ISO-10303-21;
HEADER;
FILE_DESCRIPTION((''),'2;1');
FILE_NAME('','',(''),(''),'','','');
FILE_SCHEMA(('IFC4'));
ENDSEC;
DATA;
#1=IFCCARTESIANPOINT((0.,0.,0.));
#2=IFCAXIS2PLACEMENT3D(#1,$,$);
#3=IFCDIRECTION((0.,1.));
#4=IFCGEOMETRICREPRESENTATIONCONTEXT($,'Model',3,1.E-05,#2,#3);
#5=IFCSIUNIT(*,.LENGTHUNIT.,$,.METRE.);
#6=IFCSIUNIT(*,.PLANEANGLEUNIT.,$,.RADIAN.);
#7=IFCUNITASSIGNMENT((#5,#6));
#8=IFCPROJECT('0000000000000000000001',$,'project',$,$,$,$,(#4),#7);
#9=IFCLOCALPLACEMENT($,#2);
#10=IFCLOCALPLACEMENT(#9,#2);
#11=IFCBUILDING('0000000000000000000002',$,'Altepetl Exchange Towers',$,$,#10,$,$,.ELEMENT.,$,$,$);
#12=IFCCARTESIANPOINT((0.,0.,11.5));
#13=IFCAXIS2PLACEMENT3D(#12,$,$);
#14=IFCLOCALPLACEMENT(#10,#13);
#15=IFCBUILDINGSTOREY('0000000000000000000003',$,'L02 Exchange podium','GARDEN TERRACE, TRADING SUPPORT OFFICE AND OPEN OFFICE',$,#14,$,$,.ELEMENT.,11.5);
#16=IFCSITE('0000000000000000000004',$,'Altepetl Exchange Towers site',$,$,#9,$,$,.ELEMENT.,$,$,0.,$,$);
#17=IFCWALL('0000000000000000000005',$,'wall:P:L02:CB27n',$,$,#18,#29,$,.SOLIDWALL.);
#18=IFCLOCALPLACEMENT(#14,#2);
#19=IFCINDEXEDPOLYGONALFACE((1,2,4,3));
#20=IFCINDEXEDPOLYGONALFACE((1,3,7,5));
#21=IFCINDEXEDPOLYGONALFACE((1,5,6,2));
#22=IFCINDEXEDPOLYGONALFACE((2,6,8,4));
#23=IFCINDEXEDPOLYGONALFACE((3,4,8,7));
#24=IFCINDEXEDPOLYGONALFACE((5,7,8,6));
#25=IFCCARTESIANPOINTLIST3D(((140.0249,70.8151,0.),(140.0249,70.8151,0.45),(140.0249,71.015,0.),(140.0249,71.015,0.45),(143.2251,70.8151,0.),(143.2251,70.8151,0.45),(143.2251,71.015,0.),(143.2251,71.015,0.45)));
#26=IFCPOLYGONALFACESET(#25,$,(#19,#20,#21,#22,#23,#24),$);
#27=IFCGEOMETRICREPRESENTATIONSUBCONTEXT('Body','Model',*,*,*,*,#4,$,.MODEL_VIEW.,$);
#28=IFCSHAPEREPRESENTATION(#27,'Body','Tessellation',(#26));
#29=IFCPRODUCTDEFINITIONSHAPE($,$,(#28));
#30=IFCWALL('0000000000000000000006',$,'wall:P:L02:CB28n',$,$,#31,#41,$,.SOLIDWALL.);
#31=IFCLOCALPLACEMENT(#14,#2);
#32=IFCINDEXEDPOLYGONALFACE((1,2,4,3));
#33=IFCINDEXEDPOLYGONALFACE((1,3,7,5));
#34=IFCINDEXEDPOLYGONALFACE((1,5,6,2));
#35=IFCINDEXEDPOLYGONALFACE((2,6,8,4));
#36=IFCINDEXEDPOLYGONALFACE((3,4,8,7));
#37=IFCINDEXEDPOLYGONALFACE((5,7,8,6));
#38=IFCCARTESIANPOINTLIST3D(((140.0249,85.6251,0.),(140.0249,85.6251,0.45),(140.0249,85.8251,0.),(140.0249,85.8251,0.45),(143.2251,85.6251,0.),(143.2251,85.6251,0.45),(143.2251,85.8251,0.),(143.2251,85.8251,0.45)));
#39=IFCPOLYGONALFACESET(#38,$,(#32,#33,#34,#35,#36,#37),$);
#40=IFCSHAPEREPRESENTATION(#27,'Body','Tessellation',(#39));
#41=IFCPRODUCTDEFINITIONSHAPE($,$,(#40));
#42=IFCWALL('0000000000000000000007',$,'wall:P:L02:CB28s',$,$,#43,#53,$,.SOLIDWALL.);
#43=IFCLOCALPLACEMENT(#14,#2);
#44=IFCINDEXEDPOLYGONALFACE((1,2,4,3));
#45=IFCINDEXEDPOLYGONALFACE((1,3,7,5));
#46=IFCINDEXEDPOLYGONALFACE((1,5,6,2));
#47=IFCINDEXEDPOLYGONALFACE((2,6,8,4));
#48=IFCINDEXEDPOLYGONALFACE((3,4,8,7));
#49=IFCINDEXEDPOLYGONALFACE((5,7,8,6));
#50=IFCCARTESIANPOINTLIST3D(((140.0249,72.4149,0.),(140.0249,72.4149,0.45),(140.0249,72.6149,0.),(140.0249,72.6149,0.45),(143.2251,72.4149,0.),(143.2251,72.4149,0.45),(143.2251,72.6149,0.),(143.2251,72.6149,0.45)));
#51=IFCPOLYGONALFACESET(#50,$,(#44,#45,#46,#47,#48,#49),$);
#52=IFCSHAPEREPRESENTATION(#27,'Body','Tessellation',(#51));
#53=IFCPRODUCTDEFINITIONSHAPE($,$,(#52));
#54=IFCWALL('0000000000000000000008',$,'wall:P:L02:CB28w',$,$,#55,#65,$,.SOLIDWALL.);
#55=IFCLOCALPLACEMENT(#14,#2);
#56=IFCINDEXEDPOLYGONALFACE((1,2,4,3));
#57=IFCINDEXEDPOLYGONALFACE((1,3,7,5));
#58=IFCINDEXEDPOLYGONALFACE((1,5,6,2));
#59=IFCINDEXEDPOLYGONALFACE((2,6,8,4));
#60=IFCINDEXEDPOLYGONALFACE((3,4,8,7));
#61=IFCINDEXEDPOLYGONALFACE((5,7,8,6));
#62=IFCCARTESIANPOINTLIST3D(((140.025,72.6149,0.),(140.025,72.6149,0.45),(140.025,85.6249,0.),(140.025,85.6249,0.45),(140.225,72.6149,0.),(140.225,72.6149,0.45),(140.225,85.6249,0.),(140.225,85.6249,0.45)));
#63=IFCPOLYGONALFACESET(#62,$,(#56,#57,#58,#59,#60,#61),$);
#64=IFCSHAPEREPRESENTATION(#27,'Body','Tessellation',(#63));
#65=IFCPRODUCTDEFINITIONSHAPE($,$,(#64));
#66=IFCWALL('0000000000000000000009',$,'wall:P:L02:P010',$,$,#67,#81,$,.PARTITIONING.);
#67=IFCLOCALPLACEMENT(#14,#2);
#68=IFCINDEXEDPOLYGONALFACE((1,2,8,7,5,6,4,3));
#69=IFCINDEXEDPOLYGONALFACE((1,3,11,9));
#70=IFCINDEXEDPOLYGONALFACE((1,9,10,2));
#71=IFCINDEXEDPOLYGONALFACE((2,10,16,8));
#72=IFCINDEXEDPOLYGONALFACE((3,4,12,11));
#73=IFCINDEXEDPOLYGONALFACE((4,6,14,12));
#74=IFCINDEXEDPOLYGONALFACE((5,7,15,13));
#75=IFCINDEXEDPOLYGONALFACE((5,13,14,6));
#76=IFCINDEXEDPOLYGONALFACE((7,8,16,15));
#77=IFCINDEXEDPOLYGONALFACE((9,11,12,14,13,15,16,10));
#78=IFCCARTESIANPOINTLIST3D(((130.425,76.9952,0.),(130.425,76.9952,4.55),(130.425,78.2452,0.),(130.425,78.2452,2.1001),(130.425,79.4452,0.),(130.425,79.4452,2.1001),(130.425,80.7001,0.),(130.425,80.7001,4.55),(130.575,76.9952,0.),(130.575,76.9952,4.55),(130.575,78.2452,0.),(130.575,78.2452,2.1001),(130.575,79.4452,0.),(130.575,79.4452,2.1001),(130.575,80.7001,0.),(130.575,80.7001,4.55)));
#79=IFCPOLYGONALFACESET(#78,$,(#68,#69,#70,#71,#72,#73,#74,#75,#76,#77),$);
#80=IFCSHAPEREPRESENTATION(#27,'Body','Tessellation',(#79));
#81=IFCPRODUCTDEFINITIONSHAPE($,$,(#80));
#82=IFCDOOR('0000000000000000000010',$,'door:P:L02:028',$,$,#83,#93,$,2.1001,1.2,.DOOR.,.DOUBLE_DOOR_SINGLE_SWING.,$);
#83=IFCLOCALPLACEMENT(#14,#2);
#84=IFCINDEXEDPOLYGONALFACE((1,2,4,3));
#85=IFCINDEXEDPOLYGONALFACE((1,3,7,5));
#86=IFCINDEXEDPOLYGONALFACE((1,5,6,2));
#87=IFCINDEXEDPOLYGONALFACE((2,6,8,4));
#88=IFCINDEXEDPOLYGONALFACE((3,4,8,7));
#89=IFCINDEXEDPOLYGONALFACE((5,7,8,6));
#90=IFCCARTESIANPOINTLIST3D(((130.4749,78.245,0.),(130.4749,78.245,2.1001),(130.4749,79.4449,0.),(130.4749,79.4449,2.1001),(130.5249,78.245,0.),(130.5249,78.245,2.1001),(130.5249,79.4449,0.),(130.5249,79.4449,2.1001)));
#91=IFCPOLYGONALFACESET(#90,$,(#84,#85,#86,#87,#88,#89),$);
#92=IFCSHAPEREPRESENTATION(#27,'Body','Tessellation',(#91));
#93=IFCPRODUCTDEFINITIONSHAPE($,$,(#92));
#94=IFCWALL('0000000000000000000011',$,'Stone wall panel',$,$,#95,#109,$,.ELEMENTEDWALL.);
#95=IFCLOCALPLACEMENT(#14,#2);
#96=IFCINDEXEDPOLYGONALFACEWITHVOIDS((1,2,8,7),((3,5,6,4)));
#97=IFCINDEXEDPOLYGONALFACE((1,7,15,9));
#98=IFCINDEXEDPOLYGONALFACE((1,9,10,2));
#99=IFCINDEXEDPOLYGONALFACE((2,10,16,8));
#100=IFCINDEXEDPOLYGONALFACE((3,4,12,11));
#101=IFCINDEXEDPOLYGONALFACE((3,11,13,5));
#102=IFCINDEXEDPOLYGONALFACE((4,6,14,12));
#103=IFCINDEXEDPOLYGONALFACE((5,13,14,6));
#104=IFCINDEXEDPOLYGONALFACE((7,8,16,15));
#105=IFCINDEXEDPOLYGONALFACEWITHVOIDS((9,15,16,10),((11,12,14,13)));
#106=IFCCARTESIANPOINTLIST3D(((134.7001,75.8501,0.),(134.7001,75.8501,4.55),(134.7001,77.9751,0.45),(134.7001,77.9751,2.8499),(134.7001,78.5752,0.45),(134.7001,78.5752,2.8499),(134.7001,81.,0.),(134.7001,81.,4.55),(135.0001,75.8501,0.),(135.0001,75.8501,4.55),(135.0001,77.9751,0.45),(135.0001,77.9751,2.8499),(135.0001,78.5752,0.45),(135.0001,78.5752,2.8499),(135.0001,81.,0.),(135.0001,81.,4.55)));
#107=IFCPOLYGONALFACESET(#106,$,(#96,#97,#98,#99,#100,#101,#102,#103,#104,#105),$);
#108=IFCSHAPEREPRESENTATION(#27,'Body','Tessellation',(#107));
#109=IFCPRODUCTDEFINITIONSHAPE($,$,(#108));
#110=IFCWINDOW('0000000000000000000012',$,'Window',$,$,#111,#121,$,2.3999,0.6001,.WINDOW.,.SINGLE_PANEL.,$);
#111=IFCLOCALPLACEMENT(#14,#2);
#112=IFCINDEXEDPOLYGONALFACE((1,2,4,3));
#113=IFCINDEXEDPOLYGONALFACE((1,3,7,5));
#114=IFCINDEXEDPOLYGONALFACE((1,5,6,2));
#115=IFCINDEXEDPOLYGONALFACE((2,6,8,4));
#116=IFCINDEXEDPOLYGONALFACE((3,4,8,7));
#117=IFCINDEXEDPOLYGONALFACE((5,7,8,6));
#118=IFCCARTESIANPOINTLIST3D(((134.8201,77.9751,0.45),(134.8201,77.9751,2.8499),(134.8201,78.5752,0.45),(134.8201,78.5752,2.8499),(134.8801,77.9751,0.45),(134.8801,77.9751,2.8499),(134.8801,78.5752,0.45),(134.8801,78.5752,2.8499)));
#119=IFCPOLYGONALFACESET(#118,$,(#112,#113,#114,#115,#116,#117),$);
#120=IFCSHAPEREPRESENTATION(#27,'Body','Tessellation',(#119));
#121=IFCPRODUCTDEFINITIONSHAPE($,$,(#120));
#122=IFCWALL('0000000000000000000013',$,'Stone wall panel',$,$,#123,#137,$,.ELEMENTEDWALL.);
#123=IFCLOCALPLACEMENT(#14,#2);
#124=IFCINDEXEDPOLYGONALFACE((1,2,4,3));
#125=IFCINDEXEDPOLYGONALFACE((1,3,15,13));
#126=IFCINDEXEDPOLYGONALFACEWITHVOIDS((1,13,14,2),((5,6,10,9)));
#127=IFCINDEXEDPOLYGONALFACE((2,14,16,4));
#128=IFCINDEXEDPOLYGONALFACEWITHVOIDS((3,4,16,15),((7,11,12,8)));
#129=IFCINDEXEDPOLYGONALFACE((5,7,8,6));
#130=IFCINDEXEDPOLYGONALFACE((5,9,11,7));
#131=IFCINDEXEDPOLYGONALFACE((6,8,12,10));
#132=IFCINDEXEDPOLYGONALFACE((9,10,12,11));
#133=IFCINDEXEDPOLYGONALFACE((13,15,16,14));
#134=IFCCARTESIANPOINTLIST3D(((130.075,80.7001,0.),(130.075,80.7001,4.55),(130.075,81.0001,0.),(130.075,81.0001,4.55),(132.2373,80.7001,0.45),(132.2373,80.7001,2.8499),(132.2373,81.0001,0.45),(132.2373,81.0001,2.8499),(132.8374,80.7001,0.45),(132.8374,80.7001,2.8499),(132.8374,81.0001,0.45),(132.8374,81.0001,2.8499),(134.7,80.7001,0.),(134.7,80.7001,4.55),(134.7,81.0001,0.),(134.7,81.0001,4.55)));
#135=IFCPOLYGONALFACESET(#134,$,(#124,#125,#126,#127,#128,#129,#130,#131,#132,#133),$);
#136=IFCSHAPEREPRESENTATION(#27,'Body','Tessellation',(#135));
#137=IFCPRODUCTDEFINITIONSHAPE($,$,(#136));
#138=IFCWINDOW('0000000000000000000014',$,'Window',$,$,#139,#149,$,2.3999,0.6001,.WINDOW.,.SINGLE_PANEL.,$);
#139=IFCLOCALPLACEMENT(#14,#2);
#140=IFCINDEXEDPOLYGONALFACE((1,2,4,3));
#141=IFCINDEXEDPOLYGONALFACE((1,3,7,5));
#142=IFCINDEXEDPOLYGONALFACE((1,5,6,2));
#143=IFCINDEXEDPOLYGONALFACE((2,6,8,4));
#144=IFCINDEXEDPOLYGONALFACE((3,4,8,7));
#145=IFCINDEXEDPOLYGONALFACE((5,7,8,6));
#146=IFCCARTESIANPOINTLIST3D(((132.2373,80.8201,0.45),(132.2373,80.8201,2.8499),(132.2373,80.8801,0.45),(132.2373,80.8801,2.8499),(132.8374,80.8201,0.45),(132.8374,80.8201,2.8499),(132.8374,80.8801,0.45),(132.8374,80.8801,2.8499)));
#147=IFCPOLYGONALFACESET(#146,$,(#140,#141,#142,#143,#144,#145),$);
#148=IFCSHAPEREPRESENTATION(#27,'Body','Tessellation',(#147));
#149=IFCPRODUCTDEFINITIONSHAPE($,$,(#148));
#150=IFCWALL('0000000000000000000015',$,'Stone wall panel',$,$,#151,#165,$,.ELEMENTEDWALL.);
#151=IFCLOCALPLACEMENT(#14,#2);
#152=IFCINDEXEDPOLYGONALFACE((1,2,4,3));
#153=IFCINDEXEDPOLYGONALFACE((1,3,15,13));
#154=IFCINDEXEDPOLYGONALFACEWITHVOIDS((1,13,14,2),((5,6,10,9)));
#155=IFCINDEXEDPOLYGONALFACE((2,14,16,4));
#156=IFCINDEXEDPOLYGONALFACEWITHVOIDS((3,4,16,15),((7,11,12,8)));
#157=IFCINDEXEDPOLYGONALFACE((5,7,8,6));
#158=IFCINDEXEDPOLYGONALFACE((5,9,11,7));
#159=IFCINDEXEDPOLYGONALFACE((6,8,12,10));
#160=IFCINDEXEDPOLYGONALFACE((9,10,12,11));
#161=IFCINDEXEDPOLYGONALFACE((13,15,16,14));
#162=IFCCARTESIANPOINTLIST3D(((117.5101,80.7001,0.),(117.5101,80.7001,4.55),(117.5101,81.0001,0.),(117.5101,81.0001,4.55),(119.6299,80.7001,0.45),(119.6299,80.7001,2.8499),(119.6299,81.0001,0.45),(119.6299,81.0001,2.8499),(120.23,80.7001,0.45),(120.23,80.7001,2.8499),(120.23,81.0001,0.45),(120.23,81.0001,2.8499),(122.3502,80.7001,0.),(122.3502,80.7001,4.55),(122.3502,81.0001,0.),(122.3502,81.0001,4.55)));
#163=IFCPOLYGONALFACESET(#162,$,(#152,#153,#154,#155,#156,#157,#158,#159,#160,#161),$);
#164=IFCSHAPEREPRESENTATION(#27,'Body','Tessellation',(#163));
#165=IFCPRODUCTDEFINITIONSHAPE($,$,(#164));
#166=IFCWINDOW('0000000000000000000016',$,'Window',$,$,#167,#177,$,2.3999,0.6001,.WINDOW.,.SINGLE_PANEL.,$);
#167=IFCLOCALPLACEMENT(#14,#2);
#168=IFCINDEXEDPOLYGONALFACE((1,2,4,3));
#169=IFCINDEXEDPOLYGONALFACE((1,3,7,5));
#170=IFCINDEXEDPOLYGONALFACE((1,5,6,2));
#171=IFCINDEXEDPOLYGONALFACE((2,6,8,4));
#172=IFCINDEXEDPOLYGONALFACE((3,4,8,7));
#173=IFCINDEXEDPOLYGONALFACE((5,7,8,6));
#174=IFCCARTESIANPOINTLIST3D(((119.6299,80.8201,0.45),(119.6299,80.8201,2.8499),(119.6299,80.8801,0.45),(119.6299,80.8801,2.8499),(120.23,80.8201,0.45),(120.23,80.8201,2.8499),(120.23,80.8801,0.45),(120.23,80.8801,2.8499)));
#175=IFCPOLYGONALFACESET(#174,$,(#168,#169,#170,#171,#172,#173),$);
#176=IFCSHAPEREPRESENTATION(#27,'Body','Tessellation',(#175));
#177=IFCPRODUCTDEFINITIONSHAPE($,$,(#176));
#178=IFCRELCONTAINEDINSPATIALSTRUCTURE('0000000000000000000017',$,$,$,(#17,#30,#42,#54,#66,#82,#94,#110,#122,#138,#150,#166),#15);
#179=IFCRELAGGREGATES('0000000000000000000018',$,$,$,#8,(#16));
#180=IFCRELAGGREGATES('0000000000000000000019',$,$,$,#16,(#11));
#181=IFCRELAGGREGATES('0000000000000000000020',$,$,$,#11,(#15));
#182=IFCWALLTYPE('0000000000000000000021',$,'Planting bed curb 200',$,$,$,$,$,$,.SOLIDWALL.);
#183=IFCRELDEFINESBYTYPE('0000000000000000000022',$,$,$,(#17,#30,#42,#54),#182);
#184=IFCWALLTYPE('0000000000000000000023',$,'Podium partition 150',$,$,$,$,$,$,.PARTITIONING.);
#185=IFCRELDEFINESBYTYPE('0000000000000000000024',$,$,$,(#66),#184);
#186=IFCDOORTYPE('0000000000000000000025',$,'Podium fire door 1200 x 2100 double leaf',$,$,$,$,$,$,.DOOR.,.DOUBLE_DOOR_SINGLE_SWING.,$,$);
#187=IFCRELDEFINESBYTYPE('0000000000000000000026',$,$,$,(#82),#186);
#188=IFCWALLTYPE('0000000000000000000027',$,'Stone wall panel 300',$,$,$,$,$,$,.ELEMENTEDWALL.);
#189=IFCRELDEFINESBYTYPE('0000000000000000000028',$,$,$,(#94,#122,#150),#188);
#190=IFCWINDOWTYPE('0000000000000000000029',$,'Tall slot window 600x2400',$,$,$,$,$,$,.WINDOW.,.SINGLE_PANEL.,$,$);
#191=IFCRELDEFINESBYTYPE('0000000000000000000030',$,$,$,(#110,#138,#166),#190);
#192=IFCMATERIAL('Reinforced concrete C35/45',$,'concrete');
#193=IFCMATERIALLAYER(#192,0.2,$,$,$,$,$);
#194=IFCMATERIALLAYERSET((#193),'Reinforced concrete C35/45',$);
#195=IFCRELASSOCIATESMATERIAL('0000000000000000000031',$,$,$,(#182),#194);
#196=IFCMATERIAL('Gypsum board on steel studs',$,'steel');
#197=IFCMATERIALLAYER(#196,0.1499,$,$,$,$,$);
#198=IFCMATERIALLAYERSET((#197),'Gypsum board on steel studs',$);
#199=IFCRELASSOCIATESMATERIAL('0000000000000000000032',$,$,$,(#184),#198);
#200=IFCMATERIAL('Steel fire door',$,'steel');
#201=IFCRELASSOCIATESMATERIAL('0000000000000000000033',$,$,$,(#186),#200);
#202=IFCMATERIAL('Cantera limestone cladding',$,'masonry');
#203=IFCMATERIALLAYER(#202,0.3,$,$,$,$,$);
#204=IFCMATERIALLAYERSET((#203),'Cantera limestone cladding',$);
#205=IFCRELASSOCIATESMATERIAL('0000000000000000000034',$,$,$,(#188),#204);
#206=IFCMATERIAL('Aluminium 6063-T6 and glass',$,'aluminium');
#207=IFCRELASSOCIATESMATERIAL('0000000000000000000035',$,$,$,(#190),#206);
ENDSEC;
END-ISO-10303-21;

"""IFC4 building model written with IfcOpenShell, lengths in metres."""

from ifc_helpers import new_model, si_unit, direction, frame, frame_2d, origin, place, context, subcontext, project, spatial, rectangle, extrude, material, layer, layer_set, type_object, element, fill, save


model = new_model("IFC4")

# Units and contexts
model_context = context("Model", 3, precision=1e-05, world=origin(), true_north=direction((0.0, 1.0)))
body_context = subcontext(model_context, "Body", "Model", "MODEL_VIEW")
ifc_project = project(units=[si_unit("LENGTHUNIT", "METRE"), si_unit("PLANEANGLEUNIT", "RADIAN")], contexts=[model_context])

# Site, building, storey
site_placement = place(None, origin())
site = spatial("IfcSite", under=ifc_project, at=site_placement, Name="Altepetl Exchange Towers site", CompositionType="ELEMENT", RefElevation=0.0)
building_placement = place(site_placement, origin())
building = spatial("IfcBuilding", under=site, at=building_placement, Name="Altepetl Exchange Towers", CompositionType="ELEMENT")
storey_placement = place(building_placement, frame((0.0, 0.0, 11.5)))
storey = spatial("IfcBuildingStorey", under=building, at=storey_placement, Name="L02 Exchange podium", Description="GARDEN TERRACE, TRADING SUPPORT OFFICE AND OPEN OFFICE", CompositionType="ELEMENT", Elevation=11.5)

# Shared definitions
ifc_material_1 = material(Name="Aluminium 6063-T6 and glass", Category="aluminium")

# Walls
ifc_material_2 = material(Name="Reinforced concrete C35/45", Category="concrete")
ifc_layer_1 = layer(ifc_material_2, 0.2)
ifc_layer_set_1 = layer_set([ifc_layer_1], Name="Reinforced concrete C35/45")
wall_type_1 = type_object("IfcWallType", Name="Planting bed curb 200", PredefinedType="SOLIDWALL", material=ifc_layer_set_1)
for number, where, name in (
    (1, (140.0249, 70.915, 0.0), "wall:P:L02:CB27n"),
    (2, (140.0249, 85.7251, 0.0), "wall:P:L02:CB28n"),
    (3, (140.0249, 72.5149, 0.0), "wall:P:L02:CB28s"),
):
    element("IfcWall", number, at=place(storey_placement, frame(where)), inside=storey, type_object=wall_type_1, Name=name, PredefinedType="SOLIDWALL", context=body_context, shape_type="SweptSolid", body=[
        extrude(rectangle(XDim=3.2002, YDim=0.2, at=frame_2d((1.6001, 0.0))), origin(), (0.0, 0.0, 1.0), 0.45),
    ])
wall_1_placement = place(storey_placement, frame((140.125, 72.615, 0.0), z_axis=(0.0, 0.0, 1.0), x_axis=(0.0, 1.0, 0.0)))
element("IfcWall", 4, at=wall_1_placement, inside=storey, type_object=wall_type_1, Name="wall:P:L02:CB28w", PredefinedType="SOLIDWALL", context=body_context, shape_type="SweptSolid", body=[
    extrude(rectangle(XDim=13.01, YDim=0.2, at=frame_2d((6.5049, 0.0))), origin(), (0.0, 0.0, 1.0), 0.45),
])

# Wall, opening, door
ifc_material_3 = material(Name="Gypsum board on steel studs", Category="steel")
ifc_layer_2 = layer(ifc_material_3, 0.1499)
ifc_layer_set_2 = layer_set([ifc_layer_2], Name="Gypsum board on steel studs")
wall_type_2 = type_object("IfcWallType", Name="Podium partition 150", PredefinedType="PARTITIONING", material=ifc_layer_set_2)
wall_2_placement = place(storey_placement, frame((130.5, 76.9951, 0.0), z_axis=(0.0, 0.0, 1.0), x_axis=(0.0, 1.0, 0.0)))
wall_2 = element("IfcWall", 5, at=wall_2_placement, inside=storey, type_object=wall_type_2, Name="wall:P:L02:P010", PredefinedType="PARTITIONING", context=body_context, shape_type="SweptSolid", body=[
    extrude(rectangle(XDim=3.7048, YDim=0.1499, at=frame_2d((1.8525, 0.0))), origin(), (0.0, 0.0, 1.0), 4.55),
])
opening_1_placement = place(wall_2_placement, frame((1.25, 0.0, 0.0)))
opening_1 = element("IfcOpeningElement", 6, at=opening_1_placement, cuts=wall_2, PredefinedType="OPENING", context=body_context, shape_type="SweptSolid", body=[
    extrude(rectangle(XDim=1.2, YDim=2.1001, at=frame_2d((0.6001, 1.05))), frame((0.0, 0.085, 0.0), z_axis=(0.0, -1.0, 0.0), x_axis=(1.0, 0.0, 0.0)), (0.0, 0.0, 1.0), 0.1699),
])
ifc_material_4 = material(Name="Steel fire door", Category="steel")
door_type_1 = type_object("IfcDoorType", Name="Podium fire door 1200 x 2100 double leaf", OperationType="DOUBLE_DOOR_SINGLE_SWING", PredefinedType="DOOR", material=ifc_material_4)
door_1_placement = place(opening_1_placement, frame((1.2, 0.0, 0.0), x_axis=(-1.0, 0.0, 0.0)))
door_1 = element("IfcDoor", 7, at=door_1_placement, inside=storey, type_object=door_type_1, Name="door:P:L02:028", OperationType="DOUBLE_DOOR_SINGLE_SWING", OverallHeight=2.1001, OverallWidth=1.2, PredefinedType="DOOR", context=body_context, shape_type="SweptSolid", body=[
    extrude(rectangle(XDim=1.2, YDim=2.1001, at=frame_2d((0.6001, 1.05))), frame((0.0, 0.0249, 0.0), z_axis=(0.0, -1.0, 0.0), x_axis=(1.0, 0.0, 0.0)), (0.0, 0.0, 1.0), 0.05),
])
fill(opening_1, door_1)

# Walls, openings, windows
ifc_material_5 = material(Name="Cantera limestone cladding", Category="masonry")
ifc_layer_3 = layer(ifc_material_5, 0.3)
ifc_layer_set_3 = layer_set([ifc_layer_3], Name="Cantera limestone cladding")
wall_type_3 = type_object("IfcWallType", Name="Stone wall panel 300", PredefinedType="ELEMENTEDWALL", material=ifc_layer_set_3)
wall_3_placement = place(storey_placement, frame((134.8501, 75.8501, 0.0), z_axis=(0.0, 0.0, 1.0), x_axis=(0.0, 1.0, 0.0)))
wall_3 = element("IfcWall", 8, at=wall_3_placement, inside=storey, type_object=wall_type_3, Name="Stone wall panel", PredefinedType="ELEMENTEDWALL", context=body_context, shape_type="SweptSolid", body=[
    extrude(rectangle(XDim=5.1499, YDim=0.3, at=frame_2d((2.575, 0.0))), origin(), (0.0, 0.0, 1.0), 4.55),
])
opening_2_placement = place(wall_3_placement, frame((2.125, 0.0, 0.45)))
opening_2 = element("IfcOpeningElement", 9, at=opening_2_placement, cuts=wall_3, PredefinedType="OPENING", context=body_context, shape_type="SweptSolid", body=[
    extrude(rectangle(XDim=0.6001, YDim=2.3999, at=frame_2d((0.3, 1.2))), frame((0.0, 0.1602, 0.0), z_axis=(0.0, -1.0, 0.0), x_axis=(1.0, 0.0, 0.0)), (0.0, 0.0, 1.0), 0.3201),
])
window_type = type_object("IfcWindowType", Name="Tall slot window 600x2400", PartitioningType="SINGLE_PANEL", PredefinedType="WINDOW", material=ifc_material_1)
window_1_placement = place(opening_2_placement, origin())
window_1 = element("IfcWindow", 10, at=window_1_placement, inside=storey, type_object=window_type, Name="Window", OverallHeight=2.3999, OverallWidth=0.6001, PartitioningType="SINGLE_PANEL", PredefinedType="WINDOW", context=body_context, shape_type="SweptSolid", body=[
    extrude(rectangle(XDim=0.6001, YDim=2.3999, at=frame_2d((0.3, 1.2))), frame((0.0, 0.03, 0.0), z_axis=(0.0, -1.0, 0.0), x_axis=(1.0, 0.0, 0.0)), (0.0, 0.0, 1.0), 0.0601),
])
fill(opening_2, window_1)
wall_4_placement = place(storey_placement, frame((134.7, 80.8501, 0.0), z_axis=(0.0, 0.0, 1.0), x_axis=(-1.0, 0.0, 0.0)))
wall_4 = element("IfcWall", 11, at=wall_4_placement, inside=storey, type_object=wall_type_3, Name="Stone wall panel", PredefinedType="ELEMENTEDWALL", context=body_context, shape_type="SweptSolid", body=[
    extrude(rectangle(XDim=4.625, YDim=0.3, at=frame_2d((2.3125, 0.0))), origin(), (0.0, 0.0, 1.0), 4.55),
])
opening_3_placement = place(wall_4_placement, frame((1.8625, 0.0, 0.45)))
opening_3 = element("IfcOpeningElement", 12, at=opening_3_placement, cuts=wall_4, PredefinedType="OPENING", context=body_context, shape_type="SweptSolid", body=[
    extrude(rectangle(XDim=0.6001, YDim=2.3999, at=frame_2d((0.3, 1.2))), frame((0.0, 0.1602, 0.0), z_axis=(0.0, -1.0, 0.0), x_axis=(1.0, 0.0, 0.0)), (0.0, 0.0, 1.0), 0.3201),
])
window_2_placement = place(opening_3_placement, origin())
window_2 = element("IfcWindow", 13, at=window_2_placement, inside=storey, type_object=window_type, Name="Window", OverallHeight=2.3999, OverallWidth=0.6001, PartitioningType="SINGLE_PANEL", PredefinedType="WINDOW", context=body_context, shape_type="SweptSolid", body=[
    extrude(rectangle(XDim=0.6001, YDim=2.3999, at=frame_2d((0.3, 1.2))), frame((0.0, 0.03, 0.0), z_axis=(0.0, -1.0, 0.0), x_axis=(1.0, 0.0, 0.0)), (0.0, 0.0, 1.0), 0.0601),
])
fill(opening_3, window_2)
wall_5_placement = place(storey_placement, frame((122.3501, 80.8501, 0.0), z_axis=(0.0, 0.0, 1.0), x_axis=(-1.0, 0.0, 0.0)))
wall_5 = element("IfcWall", 14, at=wall_5_placement, inside=storey, type_object=wall_type_3, Name="Stone wall panel", PredefinedType="ELEMENTEDWALL", context=body_context, shape_type="SweptSolid", body=[
    extrude(rectangle(XDim=4.8401, YDim=0.3, at=frame_2d((2.4199, 0.0))), origin(), (0.0, 0.0, 1.0), 4.55),
])
opening_4_placement = place(wall_5_placement, frame((2.1201, 0.0, 0.45)))
opening_4 = element("IfcOpeningElement", 15, at=opening_4_placement, cuts=wall_5, PredefinedType="OPENING", context=body_context, shape_type="SweptSolid", body=[
    extrude(rectangle(XDim=0.6001, YDim=2.3999, at=frame_2d((0.3, 1.2))), frame((0.0, 0.1602, 0.0), z_axis=(0.0, -1.0, 0.0), x_axis=(1.0, 0.0, 0.0)), (0.0, 0.0, 1.0), 0.3201),
])
window_3_placement = place(opening_4_placement, origin())
window_3 = element("IfcWindow", 16, at=window_3_placement, inside=storey, type_object=window_type, Name="Window", OverallHeight=2.3999, OverallWidth=0.6001, PartitioningType="SINGLE_PANEL", PredefinedType="WINDOW", context=body_context, shape_type="SweptSolid", body=[
    extrude(rectangle(XDim=0.6001, YDim=2.3999, at=frame_2d((0.3, 1.2))), frame((0.0, 0.03, 0.0), z_axis=(0.0, -1.0, 0.0), x_axis=(1.0, 0.0, 0.0)), (0.0, 0.0, 1.0), 0.0601),
])
fill(opening_4, window_3)

save(model, "model.ifc")
